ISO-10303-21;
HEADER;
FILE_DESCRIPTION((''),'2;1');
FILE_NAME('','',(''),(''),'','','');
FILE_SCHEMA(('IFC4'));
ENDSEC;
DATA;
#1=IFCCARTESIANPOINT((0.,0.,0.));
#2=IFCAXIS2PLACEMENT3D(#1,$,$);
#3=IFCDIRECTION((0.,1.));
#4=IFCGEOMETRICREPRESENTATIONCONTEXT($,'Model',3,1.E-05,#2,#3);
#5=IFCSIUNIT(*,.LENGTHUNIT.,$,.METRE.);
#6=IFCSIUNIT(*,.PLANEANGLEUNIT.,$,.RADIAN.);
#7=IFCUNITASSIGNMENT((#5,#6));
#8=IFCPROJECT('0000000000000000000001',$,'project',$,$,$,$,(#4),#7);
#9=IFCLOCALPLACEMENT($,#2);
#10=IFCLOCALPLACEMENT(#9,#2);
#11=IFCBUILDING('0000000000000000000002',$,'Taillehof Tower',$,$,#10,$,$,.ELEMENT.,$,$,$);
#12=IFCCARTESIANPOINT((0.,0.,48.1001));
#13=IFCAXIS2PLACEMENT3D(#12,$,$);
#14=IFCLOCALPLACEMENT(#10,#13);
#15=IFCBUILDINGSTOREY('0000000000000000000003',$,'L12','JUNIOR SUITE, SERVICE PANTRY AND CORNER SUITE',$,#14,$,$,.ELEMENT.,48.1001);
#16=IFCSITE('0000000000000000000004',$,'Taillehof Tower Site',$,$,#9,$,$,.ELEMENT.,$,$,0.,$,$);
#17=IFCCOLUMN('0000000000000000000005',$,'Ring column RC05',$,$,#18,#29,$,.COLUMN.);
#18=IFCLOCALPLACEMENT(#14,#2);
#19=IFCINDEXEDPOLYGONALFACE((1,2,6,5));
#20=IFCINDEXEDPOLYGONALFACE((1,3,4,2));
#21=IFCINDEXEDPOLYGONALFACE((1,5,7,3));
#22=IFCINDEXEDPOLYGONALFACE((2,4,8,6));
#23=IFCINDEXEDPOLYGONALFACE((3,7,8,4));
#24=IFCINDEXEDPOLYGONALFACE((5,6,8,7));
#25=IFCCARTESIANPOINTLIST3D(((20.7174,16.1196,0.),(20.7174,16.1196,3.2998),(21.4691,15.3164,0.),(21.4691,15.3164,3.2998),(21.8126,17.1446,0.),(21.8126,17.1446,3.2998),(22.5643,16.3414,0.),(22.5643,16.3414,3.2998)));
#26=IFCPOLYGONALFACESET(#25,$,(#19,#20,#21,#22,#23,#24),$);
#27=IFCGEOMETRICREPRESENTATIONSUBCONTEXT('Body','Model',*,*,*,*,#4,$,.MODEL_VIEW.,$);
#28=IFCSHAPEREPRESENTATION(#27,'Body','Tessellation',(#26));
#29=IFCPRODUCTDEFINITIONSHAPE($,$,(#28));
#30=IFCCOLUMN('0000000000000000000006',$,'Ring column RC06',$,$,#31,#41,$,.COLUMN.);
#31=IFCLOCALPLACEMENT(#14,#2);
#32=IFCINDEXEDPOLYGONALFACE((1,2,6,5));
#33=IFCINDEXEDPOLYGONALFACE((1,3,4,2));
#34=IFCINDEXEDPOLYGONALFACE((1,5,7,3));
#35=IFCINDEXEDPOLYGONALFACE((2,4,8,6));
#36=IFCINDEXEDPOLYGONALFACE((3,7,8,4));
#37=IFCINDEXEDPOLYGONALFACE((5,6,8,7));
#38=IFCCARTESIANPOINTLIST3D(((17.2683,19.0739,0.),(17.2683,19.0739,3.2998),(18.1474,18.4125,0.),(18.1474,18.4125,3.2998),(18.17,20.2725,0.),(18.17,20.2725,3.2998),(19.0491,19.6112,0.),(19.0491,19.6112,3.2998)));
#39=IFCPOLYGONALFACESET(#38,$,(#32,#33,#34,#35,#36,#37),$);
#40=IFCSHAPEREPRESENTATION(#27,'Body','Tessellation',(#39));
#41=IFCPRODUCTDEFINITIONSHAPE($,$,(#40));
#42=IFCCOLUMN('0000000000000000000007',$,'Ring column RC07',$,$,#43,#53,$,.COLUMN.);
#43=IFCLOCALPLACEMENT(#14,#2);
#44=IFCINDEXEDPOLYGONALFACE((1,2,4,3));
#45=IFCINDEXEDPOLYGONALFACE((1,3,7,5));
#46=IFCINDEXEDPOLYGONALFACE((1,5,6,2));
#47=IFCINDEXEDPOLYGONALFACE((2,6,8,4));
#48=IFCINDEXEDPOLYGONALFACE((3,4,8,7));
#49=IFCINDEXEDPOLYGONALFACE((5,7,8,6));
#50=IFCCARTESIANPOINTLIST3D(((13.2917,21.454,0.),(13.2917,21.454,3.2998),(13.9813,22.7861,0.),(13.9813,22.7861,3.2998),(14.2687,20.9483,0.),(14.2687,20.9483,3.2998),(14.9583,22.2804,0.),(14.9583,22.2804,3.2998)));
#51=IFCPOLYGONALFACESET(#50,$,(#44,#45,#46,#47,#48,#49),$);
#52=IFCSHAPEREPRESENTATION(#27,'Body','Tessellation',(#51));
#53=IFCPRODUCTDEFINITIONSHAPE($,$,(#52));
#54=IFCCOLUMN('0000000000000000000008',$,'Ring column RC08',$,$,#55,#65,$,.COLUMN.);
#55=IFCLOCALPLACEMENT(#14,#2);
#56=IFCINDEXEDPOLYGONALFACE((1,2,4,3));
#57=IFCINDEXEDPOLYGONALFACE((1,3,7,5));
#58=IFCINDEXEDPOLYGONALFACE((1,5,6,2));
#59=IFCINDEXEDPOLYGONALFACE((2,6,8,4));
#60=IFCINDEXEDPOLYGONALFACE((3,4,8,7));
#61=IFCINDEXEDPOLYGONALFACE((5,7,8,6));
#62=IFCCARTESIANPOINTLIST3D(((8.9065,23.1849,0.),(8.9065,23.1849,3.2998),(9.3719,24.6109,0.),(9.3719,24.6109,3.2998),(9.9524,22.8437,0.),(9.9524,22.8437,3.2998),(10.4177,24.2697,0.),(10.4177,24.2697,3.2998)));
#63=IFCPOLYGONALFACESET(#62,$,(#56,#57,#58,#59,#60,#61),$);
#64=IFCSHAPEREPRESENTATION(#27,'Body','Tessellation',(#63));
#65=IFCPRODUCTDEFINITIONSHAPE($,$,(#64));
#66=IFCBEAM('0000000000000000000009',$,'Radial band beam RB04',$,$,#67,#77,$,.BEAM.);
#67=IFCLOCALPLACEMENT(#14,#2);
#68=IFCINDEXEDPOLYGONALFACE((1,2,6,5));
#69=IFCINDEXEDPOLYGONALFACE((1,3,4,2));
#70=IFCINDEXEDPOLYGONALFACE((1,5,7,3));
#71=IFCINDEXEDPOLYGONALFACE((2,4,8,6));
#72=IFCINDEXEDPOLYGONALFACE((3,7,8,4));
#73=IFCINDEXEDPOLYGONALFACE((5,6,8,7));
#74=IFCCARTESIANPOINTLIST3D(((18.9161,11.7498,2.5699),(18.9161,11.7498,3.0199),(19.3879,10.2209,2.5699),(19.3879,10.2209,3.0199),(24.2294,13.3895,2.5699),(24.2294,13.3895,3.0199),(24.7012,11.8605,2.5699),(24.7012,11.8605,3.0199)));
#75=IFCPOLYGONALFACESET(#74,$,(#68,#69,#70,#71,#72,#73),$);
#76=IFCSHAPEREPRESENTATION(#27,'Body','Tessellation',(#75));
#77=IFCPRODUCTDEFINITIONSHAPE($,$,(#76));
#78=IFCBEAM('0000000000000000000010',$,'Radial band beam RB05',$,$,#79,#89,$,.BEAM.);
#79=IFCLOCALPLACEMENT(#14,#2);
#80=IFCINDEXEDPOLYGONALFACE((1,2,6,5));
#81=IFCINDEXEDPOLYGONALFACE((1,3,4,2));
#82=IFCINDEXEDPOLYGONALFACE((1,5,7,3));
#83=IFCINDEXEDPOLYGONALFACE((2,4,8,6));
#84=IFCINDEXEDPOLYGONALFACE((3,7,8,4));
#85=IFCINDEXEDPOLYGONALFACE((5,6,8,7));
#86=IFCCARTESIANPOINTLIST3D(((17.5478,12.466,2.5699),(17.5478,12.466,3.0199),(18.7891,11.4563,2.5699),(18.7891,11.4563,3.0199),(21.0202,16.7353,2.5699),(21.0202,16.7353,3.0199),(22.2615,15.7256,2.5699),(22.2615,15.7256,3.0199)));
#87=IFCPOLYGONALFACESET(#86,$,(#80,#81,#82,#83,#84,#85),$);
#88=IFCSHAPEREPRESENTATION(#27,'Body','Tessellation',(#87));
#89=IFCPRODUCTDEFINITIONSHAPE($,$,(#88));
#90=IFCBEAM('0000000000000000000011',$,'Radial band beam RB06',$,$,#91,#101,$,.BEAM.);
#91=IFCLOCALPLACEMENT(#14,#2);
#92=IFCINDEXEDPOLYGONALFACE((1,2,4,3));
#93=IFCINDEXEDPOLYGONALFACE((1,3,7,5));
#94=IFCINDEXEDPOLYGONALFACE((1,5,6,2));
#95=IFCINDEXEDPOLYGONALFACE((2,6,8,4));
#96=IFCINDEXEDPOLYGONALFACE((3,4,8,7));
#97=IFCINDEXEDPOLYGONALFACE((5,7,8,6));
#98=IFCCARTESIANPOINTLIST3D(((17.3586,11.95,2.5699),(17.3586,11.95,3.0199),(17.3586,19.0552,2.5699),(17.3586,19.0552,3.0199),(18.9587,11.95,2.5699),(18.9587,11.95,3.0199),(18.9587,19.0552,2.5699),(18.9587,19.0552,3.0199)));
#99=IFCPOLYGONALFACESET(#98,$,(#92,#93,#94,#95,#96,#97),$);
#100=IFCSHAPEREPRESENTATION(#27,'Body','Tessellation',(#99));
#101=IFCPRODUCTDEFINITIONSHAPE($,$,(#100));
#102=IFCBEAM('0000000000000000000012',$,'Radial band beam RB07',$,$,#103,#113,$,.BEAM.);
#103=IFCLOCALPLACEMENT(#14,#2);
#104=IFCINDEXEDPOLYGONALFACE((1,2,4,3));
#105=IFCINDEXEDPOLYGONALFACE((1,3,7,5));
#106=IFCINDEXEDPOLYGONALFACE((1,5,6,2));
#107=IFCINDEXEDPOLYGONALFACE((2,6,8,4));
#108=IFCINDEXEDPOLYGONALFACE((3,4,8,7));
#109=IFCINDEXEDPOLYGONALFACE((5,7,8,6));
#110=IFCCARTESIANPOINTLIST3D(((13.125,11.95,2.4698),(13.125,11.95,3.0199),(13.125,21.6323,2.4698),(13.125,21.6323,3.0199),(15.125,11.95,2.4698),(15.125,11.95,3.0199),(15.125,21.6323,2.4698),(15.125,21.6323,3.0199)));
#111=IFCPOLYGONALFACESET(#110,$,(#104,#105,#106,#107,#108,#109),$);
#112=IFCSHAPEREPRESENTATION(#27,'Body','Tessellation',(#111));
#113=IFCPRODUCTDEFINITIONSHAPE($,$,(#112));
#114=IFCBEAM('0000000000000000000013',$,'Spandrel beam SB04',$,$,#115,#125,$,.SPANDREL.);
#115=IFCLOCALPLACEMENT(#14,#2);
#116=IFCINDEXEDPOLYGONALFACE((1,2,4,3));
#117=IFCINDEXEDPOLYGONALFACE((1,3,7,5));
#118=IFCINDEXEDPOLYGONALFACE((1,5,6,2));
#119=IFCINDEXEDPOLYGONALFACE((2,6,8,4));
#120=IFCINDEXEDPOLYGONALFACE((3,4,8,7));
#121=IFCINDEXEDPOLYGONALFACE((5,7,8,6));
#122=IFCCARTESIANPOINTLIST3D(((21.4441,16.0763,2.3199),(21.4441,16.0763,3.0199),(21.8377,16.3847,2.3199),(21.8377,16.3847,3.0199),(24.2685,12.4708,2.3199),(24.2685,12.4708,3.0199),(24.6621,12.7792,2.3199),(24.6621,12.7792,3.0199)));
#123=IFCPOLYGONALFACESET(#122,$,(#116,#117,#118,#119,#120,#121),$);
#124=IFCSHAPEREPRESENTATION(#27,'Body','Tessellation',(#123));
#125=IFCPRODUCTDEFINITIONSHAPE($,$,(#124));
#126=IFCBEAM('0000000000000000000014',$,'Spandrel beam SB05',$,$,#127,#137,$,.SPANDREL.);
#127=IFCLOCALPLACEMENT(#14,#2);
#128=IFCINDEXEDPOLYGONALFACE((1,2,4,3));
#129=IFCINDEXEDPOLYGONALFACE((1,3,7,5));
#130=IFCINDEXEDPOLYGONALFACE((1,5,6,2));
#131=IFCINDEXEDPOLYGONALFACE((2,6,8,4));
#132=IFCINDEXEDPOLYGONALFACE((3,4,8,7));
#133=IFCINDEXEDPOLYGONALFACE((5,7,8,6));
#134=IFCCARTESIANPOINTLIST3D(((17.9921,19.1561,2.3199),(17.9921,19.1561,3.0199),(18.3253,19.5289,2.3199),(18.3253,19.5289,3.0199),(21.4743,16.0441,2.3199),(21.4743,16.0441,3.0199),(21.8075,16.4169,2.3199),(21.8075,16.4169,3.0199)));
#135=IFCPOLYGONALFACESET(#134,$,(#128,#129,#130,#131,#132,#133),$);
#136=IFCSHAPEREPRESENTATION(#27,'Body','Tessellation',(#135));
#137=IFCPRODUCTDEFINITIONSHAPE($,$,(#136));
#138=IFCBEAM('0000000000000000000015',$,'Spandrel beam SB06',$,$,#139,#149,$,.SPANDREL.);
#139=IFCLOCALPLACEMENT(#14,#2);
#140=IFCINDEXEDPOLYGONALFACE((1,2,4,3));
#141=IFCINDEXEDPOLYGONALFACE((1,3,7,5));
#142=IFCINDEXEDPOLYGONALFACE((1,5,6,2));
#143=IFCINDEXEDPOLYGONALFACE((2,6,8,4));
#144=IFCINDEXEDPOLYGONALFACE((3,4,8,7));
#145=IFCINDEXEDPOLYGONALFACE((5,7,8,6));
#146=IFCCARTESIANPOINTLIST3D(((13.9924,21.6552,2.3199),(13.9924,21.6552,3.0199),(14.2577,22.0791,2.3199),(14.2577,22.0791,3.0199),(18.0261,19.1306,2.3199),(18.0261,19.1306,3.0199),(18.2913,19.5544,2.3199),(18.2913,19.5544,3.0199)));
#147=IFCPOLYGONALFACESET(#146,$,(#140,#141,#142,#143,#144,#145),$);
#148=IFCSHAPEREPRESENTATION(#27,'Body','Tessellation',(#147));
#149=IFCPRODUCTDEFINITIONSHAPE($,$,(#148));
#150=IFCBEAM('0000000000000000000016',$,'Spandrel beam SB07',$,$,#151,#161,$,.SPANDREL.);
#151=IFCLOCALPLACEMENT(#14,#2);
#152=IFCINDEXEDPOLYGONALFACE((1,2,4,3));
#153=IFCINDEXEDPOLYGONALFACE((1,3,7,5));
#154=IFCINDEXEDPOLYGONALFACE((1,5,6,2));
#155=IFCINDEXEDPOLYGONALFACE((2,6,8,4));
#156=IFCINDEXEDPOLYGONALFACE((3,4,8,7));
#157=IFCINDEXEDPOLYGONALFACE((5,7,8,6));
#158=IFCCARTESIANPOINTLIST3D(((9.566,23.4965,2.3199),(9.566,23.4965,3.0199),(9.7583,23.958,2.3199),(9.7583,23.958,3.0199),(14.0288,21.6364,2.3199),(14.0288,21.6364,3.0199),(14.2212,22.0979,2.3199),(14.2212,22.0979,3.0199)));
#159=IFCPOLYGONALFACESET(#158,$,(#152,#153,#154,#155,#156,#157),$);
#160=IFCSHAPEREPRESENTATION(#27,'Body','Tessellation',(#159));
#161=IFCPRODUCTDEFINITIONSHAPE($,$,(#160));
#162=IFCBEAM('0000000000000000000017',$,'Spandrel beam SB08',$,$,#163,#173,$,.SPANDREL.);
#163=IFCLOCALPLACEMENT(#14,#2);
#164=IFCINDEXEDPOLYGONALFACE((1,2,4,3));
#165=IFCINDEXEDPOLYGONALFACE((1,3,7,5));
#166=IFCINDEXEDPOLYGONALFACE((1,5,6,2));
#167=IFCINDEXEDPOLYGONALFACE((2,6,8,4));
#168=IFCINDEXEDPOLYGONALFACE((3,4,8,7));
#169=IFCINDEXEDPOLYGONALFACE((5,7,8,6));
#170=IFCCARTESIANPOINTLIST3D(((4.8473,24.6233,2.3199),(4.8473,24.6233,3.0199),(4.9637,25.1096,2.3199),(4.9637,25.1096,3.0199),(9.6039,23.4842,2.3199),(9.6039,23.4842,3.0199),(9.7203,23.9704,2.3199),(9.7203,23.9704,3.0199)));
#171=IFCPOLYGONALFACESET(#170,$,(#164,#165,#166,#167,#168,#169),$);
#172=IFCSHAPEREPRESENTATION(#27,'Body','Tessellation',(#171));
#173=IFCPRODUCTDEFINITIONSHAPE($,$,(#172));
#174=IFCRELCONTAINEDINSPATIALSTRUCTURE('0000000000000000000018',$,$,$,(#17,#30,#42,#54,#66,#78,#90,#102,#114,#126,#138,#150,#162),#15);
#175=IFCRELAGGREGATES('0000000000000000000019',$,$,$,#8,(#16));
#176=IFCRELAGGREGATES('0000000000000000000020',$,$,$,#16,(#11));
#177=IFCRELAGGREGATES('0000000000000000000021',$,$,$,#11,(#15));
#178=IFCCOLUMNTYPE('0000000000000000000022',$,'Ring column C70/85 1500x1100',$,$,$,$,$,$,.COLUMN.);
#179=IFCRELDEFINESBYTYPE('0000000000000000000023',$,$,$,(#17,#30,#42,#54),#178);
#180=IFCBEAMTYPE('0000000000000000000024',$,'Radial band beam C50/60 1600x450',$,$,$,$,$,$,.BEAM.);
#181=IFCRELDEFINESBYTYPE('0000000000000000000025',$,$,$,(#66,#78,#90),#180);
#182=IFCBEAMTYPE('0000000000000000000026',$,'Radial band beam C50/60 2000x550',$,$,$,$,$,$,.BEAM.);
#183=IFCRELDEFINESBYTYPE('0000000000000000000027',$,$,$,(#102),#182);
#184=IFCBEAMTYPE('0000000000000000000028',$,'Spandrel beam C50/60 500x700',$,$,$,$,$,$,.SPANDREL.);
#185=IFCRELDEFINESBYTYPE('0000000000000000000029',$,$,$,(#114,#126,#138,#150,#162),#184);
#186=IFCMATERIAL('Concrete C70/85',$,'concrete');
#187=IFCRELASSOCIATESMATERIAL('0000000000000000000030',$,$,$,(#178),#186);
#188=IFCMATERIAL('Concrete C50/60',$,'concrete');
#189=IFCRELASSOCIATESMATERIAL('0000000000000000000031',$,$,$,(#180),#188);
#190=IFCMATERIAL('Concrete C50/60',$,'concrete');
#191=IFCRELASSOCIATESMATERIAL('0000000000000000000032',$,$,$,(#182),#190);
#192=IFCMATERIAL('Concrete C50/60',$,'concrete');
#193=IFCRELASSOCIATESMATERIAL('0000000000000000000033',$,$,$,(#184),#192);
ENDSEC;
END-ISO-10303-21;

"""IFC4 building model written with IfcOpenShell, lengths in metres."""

from ifc_helpers import new_model, si_unit, direction, frame, origin, origin_2d, place, context, subcontext, project, spatial, rectangle, extrude, material, material_profile, profile_set, type_object, element, save


model = new_model("IFC4")

# Units and contexts
model_context = context("Model", 3, precision=1e-05, world=origin(), true_north=direction((0.0, 1.0)))
body_context = subcontext(model_context, "Body", "Model", "MODEL_VIEW")
ifc_project = project(units=[si_unit("LENGTHUNIT", "METRE"), si_unit("PLANEANGLEUNIT", "RADIAN")], contexts=[model_context])

# Site, building, storey
site_placement = place(None, origin())
site = spatial("IfcSite", under=ifc_project, at=site_placement, Name="Taillehof Tower Site", CompositionType="ELEMENT", RefElevation=0.0)
building_placement = place(site_placement, origin())
building = spatial("IfcBuilding", under=site, at=building_placement, Name="Taillehof Tower", CompositionType="ELEMENT")
storey_placement = place(building_placement, frame((0.0, 0.0, 48.1001)))
storey = spatial("IfcBuildingStorey", under=building, at=storey_placement, Name="L12", Description="JUNIOR SUITE, SERVICE PANTRY AND CORNER SUITE", CompositionType="ELEMENT", Elevation=48.1001)

# Columns
ifc_material_1 = material(Name="Concrete C70/85", Category="concrete")
ifc_material_profile_1 = material_profile(ifc_material_1, rectangle(XDim=1.5, YDim=1.1001, at=origin_2d()), Name="RC 1500x1100")
ifc_profile_set_1 = profile_set([ifc_material_profile_1], Name="Concrete C70/85")
column_type = type_object("IfcColumnType", Name="Ring column C70/85 1500x1100", PredefinedType="COLUMN", material=ifc_profile_set_1)
for number, where, z_axis, x_axis, name in (
    (1, (21.6409, 16.2305, 0.0), (0.0, 0.0, 1.0), (0.730113, 0.683326, 0.0), "Ring column RC05"),
    (2, (18.1587, 19.3425, 0.0), (0.0, 0.0, 1.0), (0.601174, 0.799118, 0.0), "Ring column RC06"),
    (3, (14.125, 21.8672, 0.0), (0.0, 0.0, 1.0), (0.459691, 0.888079, 0.0), "Ring column RC07"),
    (4, (9.6621, 23.7273, 0.0), (0.0, 0.0, 1.0), (0.310219, 0.950665, 0.0), "Ring column RC08"),
):
    element("IfcColumn", number, at=place(storey_placement, frame(where, z_axis=z_axis, x_axis=x_axis)), inside=storey, type_object=column_type, Name=name, PredefinedType="COLUMN", context=body_context, shape_type="SweptSolid", body=[
        extrude(rectangle(XDim=1.5, YDim=1.1001, at=origin_2d()), origin(), (0.0, 0.0, 1.0), 3.2998),
    ])

# Beams
ifc_material_2 = material(Name="Concrete C50/60", Category="concrete")
ifc_material_profile_2 = material_profile(ifc_material_2, rectangle(XDim=1.6001, YDim=0.45, at=origin_2d()), Name="RC 1600x450")
ifc_profile_set_2 = profile_set([ifc_material_profile_2], Name="Concrete C50/60")
beam_type_1 = type_object("IfcBeamType", Name="Radial band beam C50/60 1600x450", PredefinedType="BEAM", material=ifc_profile_set_2)
beam_1_placement = place(storey_placement, frame((24.4653, 12.625, 2.7949), z_axis=(-0.955536, -0.294876, 0.0), x_axis=(0.294876, -0.955536, 0.0)))
element("IfcBeam", 5, at=beam_1_placement, inside=storey, type_object=beam_type_1, Name="Radial band beam RB04", PredefinedType="BEAM", context=body_context, shape_type="SweptSolid", body=[
    extrude(rectangle(XDim=1.6001, YDim=0.45, at=origin_2d()), origin(), (0.0, 0.0, 1.0), 5.5605),
])
beam_2_placement = place(storey_placement, frame((21.6409, 16.2305, 2.7949), z_axis=(-0.630988, -0.775792, 0.0), x_axis=(0.775792, -0.630988, 0.0)))
element("IfcBeam", 6, at=beam_2_placement, inside=storey, type_object=beam_type_1, Name="Radial band beam RB05", PredefinedType="BEAM", context=body_context, shape_type="SweptSolid", body=[
    extrude(rectangle(XDim=1.6001, YDim=0.45, at=origin_2d()), origin(), (0.0, 0.0, 1.0), 5.5032),
])
beam_3_placement = place(storey_placement, frame((18.1587, 19.0552, 2.7949), z_axis=(0.0, -1.0, 0.0), x_axis=(1.0, 0.0, 0.0)))
element("IfcBeam", 7, at=beam_3_placement, inside=storey, type_object=beam_type_1, Name="Radial band beam RB06", PredefinedType="BEAM", context=body_context, shape_type="SweptSolid", body=[
    extrude(rectangle(XDim=1.6001, YDim=0.45, at=origin_2d()), origin(), (0.0, 0.0, 1.0), 7.1052),
])
ifc_material_3 = material(Name="Concrete C50/60", Category="concrete")
ifc_material_profile_3 = material_profile(ifc_material_3, rectangle(XDim=2.0, YDim=0.55, at=origin_2d()), Name="RC 2000x550")
ifc_profile_set_3 = profile_set([ifc_material_profile_3], Name="Concrete C50/60")
beam_type_2 = type_object("IfcBeamType", Name="Radial band beam C50/60 2000x550", PredefinedType="BEAM", material=ifc_profile_set_3)
beam_4_placement = place(storey_placement, frame((14.125, 21.6323, 2.7449), z_axis=(0.0, -1.0, 0.0), x_axis=(1.0, 0.0, 0.0)))
element("IfcBeam", 8, at=beam_4_placement, inside=storey, type_object=beam_type_2, Name="Radial band beam RB07", PredefinedType="BEAM", context=body_context, shape_type="SweptSolid", body=[
    extrude(rectangle(XDim=2.0, YDim=0.55, at=origin_2d()), origin(), (0.0, 0.0, 1.0), 9.6824),
])
ifc_material_4 = material(Name="Concrete C50/60", Category="concrete")
ifc_material_profile_4 = material_profile(ifc_material_4, rectangle(XDim=0.5, YDim=0.7, at=origin_2d()), Name="RC 500x700")
ifc_profile_set_4 = profile_set([ifc_material_profile_4], Name="Concrete C50/60")
beam_type_3 = type_object("IfcBeamType", Name="Spandrel beam C50/60 500x700", PredefinedType="SPANDREL", material=ifc_profile_set_4)
beam_5_placement = place(storey_placement, frame((24.4653, 12.625, 2.6699), z_axis=(-0.616686, 0.787209, 0.0), x_axis=(-0.787209, -0.616686, 0.0)))
element("IfcBeam", 9, at=beam_5_placement, inside=storey, type_object=beam_type_3, Name="Spandrel beam SB04", PredefinedType="SPANDREL", context=body_context, shape_type="SweptSolid", body=[
    extrude(rectangle(XDim=0.5, YDim=0.7, at=origin_2d()), origin(), (0.0, 0.0, 1.0), 4.5801),
])
beam_6_placement = place(storey_placement, frame((21.6409, 16.2305, 2.6699), z_axis=(-0.745621, 0.66637, 0.0), x_axis=(-0.66637, -0.745621, 0.0)))
element("IfcBeam", 10, at=beam_6_placement, inside=storey, type_object=beam_type_3, Name="Spandrel beam SB05", PredefinedType="SPANDREL", context=body_context, shape_type="SweptSolid", body=[
    extrude(rectangle(XDim=0.5, YDim=0.7, at=origin_2d()), origin(), (0.0, 0.0, 1.0), 4.6702),
])
beam_7_placement = place(storey_placement, frame((18.1587, 19.3425, 2.6699), z_axis=(-0.847658, 0.530543, 0.0), x_axis=(-0.530543, -0.847658, 0.0)))
element("IfcBeam", 11, at=beam_7_placement, inside=storey, type_object=beam_type_3, Name="Spandrel beam SB06", PredefinedType="SPANDREL", context=body_context, shape_type="SweptSolid", body=[
    extrude(rectangle(XDim=0.5, YDim=0.7, at=origin_2d()), origin(), (0.0, 0.0, 1.0), 4.7585),
])
beam_8_placement = place(storey_placement, frame((14.125, 21.8672, 2.6699), z_axis=(-0.923035, 0.384716, 0.0), x_axis=(-0.384716, -0.923035, 0.0)))
element("IfcBeam", 12, at=beam_8_placement, inside=storey, type_object=beam_type_3, Name="Spandrel beam SB07", PredefinedType="SPANDREL", context=body_context, shape_type="SweptSolid", body=[
    extrude(rectangle(XDim=0.5, YDim=0.7, at=origin_2d()), origin(), (0.0, 0.0, 1.0), 4.835),
])
beam_9_placement = place(storey_placement, frame((9.6621, 23.7273, 2.6699), z_axis=(-0.9725, 0.232905, 0.0), x_axis=(-0.232905, -0.9725, 0.0)))
element("IfcBeam", 13, at=beam_9_placement, inside=storey, type_object=beam_type_3, Name="Spandrel beam SB08", PredefinedType="SPANDREL", context=body_context, shape_type="SweptSolid", body=[
    extrude(rectangle(XDim=0.5, YDim=0.7, at=origin_2d()), origin(), (0.0, 0.0, 1.0), 4.8911),
])

save(model, "model.ifc")
